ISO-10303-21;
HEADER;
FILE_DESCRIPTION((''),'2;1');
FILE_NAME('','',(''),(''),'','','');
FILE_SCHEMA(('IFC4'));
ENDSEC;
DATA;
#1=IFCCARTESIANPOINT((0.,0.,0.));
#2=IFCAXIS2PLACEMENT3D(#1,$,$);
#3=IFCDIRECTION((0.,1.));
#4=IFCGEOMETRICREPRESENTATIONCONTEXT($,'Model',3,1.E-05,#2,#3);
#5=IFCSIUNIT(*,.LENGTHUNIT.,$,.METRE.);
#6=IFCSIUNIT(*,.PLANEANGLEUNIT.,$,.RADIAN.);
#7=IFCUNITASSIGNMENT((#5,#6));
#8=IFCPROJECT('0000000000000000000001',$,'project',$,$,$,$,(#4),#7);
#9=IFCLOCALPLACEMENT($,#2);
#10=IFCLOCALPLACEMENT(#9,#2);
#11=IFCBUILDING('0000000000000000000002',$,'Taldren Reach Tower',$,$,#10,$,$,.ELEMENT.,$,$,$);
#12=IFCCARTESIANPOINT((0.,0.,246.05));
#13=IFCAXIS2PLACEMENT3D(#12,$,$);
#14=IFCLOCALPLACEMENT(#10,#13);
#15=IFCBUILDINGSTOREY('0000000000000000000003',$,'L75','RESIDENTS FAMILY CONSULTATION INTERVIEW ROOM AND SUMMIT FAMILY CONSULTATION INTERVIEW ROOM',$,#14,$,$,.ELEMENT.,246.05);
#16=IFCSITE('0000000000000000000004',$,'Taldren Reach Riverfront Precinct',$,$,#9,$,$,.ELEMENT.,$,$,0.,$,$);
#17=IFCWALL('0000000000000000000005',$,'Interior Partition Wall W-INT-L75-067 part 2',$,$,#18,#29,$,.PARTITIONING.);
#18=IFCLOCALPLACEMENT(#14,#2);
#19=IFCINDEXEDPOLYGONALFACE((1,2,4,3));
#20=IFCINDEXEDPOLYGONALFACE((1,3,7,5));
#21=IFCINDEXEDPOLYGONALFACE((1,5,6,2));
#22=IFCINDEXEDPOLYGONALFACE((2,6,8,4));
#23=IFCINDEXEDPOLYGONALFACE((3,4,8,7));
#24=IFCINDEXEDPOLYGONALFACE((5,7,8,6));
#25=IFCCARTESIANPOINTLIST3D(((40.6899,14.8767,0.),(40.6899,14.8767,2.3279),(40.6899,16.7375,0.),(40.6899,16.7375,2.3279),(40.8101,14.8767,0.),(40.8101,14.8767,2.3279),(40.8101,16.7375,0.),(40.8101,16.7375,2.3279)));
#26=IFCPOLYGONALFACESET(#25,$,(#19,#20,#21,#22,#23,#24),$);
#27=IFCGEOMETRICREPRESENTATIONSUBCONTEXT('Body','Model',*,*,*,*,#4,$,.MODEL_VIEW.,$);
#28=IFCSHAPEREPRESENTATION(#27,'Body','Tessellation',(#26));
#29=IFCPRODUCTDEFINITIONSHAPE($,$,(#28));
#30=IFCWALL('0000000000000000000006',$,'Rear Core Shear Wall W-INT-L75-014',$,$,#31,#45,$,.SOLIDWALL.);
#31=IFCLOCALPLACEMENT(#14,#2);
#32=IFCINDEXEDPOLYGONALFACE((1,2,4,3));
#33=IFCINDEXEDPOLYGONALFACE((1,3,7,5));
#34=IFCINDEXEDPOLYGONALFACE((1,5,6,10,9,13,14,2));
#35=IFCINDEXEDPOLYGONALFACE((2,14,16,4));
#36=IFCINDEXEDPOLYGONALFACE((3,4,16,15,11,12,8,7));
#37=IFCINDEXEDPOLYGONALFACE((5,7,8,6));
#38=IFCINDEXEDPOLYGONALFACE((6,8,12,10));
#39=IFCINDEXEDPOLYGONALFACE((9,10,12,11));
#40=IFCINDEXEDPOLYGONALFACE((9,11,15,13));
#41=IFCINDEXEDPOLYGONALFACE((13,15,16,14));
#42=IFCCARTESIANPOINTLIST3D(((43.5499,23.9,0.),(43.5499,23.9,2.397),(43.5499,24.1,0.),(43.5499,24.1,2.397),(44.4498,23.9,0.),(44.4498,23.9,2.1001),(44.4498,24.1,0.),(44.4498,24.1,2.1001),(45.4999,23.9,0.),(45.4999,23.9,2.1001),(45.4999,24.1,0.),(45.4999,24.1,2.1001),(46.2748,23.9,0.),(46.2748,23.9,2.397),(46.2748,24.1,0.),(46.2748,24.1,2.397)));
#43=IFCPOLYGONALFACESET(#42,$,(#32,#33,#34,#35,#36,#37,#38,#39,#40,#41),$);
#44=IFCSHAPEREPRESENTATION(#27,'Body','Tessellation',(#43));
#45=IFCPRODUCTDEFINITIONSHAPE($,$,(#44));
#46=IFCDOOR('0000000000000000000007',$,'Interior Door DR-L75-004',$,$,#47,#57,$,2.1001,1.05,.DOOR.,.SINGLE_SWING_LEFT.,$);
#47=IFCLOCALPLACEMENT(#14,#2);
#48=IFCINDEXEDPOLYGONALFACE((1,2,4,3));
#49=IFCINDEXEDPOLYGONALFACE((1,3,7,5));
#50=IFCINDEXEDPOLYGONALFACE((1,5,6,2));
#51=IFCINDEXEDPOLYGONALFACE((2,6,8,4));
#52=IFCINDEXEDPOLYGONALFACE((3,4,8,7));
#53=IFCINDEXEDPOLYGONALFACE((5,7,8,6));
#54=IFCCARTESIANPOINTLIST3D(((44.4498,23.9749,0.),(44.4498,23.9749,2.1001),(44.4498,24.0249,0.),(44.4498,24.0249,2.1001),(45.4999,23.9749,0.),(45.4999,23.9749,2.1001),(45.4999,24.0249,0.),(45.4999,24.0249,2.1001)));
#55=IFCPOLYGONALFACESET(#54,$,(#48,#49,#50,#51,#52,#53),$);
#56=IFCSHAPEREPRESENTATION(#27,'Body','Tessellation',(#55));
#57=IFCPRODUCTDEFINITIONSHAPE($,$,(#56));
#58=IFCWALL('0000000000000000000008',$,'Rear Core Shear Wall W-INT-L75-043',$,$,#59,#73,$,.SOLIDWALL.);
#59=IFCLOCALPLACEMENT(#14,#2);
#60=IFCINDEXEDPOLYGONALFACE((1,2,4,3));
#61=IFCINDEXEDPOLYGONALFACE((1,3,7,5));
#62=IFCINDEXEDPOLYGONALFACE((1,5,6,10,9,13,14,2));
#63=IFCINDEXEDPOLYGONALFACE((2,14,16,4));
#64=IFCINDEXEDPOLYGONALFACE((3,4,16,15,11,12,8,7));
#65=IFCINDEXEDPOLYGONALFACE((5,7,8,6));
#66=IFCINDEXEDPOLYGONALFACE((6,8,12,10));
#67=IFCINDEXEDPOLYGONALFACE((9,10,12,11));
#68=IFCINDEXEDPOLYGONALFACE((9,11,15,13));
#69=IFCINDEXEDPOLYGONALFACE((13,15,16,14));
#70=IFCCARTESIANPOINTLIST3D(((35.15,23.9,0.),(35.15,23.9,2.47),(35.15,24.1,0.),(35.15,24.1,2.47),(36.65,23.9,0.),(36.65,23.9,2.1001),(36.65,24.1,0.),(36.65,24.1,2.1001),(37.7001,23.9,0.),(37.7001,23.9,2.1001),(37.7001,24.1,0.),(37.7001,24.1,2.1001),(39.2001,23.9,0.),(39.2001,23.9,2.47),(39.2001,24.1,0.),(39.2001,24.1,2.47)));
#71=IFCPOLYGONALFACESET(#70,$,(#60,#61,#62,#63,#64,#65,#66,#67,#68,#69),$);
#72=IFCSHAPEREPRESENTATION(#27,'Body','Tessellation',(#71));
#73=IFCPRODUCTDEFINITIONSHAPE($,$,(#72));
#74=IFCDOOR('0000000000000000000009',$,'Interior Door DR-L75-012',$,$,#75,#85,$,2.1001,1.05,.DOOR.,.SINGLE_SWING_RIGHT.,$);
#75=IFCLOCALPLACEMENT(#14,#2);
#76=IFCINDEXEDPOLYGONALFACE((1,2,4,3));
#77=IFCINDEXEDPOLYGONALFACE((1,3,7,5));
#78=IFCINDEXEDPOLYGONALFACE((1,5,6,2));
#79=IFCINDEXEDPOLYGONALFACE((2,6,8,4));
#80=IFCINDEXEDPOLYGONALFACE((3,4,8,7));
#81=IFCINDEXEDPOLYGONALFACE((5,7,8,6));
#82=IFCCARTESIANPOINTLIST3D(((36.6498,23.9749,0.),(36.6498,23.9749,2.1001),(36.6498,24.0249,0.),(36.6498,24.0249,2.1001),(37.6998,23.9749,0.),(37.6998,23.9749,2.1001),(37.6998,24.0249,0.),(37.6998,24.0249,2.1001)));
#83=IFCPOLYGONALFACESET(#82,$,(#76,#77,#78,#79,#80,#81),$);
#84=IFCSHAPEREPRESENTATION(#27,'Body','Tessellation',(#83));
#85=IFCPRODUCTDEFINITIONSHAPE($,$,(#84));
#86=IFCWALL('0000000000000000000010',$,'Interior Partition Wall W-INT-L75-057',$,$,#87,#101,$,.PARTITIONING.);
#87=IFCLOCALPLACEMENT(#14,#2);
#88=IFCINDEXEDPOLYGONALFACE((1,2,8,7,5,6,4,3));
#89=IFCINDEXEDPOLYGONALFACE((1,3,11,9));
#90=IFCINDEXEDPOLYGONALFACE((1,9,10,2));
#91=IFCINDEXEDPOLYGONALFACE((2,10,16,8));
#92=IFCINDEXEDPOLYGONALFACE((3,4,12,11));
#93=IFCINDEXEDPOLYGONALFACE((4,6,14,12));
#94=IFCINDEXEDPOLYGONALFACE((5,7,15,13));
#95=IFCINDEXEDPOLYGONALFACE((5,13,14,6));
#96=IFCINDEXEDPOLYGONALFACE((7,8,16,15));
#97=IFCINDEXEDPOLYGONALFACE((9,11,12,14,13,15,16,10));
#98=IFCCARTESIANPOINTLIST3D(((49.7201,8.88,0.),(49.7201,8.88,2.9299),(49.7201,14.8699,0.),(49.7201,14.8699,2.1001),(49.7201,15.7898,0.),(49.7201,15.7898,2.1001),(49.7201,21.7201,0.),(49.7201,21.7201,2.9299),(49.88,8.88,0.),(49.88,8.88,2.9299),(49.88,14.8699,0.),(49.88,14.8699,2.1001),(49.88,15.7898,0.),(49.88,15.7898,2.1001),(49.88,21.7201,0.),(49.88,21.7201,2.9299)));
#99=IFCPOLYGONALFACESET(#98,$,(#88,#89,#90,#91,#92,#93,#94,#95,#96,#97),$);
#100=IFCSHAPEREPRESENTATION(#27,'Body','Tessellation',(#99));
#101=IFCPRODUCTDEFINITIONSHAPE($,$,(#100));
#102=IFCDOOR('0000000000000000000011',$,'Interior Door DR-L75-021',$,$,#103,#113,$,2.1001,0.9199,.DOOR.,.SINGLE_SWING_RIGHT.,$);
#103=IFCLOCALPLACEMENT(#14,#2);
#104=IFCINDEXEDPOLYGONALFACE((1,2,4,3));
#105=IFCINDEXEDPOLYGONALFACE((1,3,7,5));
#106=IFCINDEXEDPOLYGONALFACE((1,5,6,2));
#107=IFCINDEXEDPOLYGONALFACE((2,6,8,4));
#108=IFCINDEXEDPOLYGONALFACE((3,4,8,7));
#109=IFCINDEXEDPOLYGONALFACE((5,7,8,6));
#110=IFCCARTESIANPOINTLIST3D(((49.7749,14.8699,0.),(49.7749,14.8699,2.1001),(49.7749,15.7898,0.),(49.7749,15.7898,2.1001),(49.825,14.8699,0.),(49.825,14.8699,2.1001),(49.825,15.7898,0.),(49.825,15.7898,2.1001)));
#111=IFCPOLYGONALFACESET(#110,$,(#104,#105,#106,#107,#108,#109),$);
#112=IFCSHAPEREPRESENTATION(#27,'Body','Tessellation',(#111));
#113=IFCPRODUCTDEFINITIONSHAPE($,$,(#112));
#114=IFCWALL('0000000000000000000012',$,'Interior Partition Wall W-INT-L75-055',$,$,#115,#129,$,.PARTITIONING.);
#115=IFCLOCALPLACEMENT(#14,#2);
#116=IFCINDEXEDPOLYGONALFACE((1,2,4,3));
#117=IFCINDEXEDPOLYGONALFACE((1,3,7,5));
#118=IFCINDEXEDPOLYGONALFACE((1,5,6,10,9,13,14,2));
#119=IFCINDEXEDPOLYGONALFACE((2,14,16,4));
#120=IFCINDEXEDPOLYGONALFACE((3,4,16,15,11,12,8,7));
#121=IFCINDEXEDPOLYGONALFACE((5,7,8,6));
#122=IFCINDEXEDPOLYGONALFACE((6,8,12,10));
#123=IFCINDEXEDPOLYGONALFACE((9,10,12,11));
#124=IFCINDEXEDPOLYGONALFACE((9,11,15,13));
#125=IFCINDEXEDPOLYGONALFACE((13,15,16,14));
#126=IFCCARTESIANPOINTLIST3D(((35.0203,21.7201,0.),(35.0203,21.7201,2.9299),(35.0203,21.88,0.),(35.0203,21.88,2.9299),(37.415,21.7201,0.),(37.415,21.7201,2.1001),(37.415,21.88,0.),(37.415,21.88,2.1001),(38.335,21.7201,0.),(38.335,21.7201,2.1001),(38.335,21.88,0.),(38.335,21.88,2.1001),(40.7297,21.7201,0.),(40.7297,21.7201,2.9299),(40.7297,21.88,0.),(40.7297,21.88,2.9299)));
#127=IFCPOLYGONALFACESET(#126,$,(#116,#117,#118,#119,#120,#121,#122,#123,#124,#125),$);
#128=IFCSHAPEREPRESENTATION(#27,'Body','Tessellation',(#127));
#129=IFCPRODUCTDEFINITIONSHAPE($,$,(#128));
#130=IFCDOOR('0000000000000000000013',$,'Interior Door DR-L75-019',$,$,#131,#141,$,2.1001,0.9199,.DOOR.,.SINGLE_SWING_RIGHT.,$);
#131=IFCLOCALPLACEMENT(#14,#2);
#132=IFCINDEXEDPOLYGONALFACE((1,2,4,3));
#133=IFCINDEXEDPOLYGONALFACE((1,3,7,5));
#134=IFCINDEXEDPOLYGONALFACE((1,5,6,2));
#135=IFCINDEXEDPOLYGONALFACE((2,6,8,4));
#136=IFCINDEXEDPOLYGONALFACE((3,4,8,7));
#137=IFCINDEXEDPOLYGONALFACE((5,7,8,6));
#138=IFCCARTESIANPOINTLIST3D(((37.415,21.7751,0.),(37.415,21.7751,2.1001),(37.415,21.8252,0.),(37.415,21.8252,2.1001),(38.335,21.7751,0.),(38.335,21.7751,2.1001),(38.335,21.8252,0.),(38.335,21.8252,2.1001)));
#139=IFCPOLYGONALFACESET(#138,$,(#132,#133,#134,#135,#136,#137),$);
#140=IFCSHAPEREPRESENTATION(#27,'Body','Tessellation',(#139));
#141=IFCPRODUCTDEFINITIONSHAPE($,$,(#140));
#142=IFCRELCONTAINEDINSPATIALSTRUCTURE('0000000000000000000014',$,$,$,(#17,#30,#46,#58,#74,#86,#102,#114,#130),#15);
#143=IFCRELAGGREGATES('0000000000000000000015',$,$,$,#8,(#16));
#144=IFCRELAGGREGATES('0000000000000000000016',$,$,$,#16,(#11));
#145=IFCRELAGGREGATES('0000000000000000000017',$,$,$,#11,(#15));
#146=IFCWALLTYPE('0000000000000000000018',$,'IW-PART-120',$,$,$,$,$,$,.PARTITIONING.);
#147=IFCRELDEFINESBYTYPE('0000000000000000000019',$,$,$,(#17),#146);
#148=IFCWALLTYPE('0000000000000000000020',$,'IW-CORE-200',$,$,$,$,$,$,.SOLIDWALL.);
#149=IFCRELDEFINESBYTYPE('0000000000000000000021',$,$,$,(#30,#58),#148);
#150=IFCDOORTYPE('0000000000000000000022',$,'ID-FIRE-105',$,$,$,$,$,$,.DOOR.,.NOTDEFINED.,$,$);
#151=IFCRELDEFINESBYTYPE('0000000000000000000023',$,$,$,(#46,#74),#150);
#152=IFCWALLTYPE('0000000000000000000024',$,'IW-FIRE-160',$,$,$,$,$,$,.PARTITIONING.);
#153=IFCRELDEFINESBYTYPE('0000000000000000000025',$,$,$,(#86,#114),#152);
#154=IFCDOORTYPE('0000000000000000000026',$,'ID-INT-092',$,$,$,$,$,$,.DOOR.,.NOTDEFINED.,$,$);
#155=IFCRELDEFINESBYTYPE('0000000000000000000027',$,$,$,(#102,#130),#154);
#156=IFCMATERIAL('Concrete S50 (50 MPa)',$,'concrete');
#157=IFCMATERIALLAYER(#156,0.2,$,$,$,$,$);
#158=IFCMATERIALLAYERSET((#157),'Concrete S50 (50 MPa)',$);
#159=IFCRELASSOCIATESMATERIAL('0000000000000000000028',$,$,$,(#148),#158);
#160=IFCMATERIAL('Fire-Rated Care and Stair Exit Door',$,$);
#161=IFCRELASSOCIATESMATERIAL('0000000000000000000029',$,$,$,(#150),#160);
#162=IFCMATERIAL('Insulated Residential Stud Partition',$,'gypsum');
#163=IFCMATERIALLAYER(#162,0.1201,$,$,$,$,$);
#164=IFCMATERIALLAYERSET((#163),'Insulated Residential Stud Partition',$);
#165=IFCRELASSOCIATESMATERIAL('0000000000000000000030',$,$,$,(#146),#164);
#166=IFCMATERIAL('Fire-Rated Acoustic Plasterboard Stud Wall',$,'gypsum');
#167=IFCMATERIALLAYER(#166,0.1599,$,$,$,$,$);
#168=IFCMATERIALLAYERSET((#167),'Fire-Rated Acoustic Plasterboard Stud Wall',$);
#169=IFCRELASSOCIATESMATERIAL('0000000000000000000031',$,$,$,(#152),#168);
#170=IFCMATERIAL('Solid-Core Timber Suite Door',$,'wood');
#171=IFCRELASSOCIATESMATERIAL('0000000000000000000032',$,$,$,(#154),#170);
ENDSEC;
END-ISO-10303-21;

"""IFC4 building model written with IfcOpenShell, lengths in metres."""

from ifc_helpers import new_model, si_unit, direction, frame, frame_2d, origin, place, context, subcontext, project, spatial, rectangle, extrude, source, transform, mapped, material, layer, layer_set, type_object, element, fill, save


model = new_model("IFC4")

# Units and contexts
model_context = context("Model", 3, precision=1e-05, world=origin(), true_north=direction((0.0, 1.0)))
body_context = subcontext(model_context, "Body", "Model", "MODEL_VIEW")
ifc_project = project(units=[si_unit("LENGTHUNIT", "METRE"), si_unit("PLANEANGLEUNIT", "RADIAN")], contexts=[model_context])

# Site, building, storey
site_placement = place(None, origin())
site = spatial("IfcSite", under=ifc_project, at=site_placement, Name="Taldren Reach Riverfront Precinct", CompositionType="ELEMENT", RefElevation=0.0)
building_placement = place(site_placement, origin())
building = spatial("IfcBuilding", under=site, at=building_placement, Name="Taldren Reach Tower", CompositionType="ELEMENT")
storey_placement = place(building_placement, frame((0.0, 0.0, 246.05)))
storey = spatial("IfcBuildingStorey", under=building, at=storey_placement, Name="L75", Description="RESIDENTS FAMILY CONSULTATION INTERVIEW ROOM AND SUMMIT FAMILY CONSULTATION INTERVIEW ROOM", CompositionType="ELEMENT", Elevation=246.05)

# Shared definitions
ifc_material_1 = material(Name="Concrete S50 (50 MPa)", Category="concrete")
ifc_layer_1 = layer(ifc_material_1, 0.2)
ifc_layer_set_1 = layer_set([ifc_layer_1], Name="Concrete S50 (50 MPa)")
wall_type_1 = type_object("IfcWallType", Name="IW-CORE-200", PredefinedType="SOLIDWALL", material=ifc_layer_set_1)
shared_shape_1 = source(origin(), body_context, "Body", "SweptSolid", [
    extrude(rectangle(XDim=1.05, YDim=2.1001, at=frame_2d((0.5249, 1.05))), frame((0.0, 0.1099, 0.0), z_axis=(0.0, -1.0, 0.0), x_axis=(1.0, 0.0, 0.0)), (0.0, 0.0, 1.0), 0.22),
])
ifc_material_2 = material(Name="Fire-Rated Care and Stair Exit Door")
door_type_1 = type_object("IfcDoorType", Name="ID-FIRE-105", OperationType="NOTDEFINED", PredefinedType="DOOR", material=ifc_material_2)
shared_shape_2 = source(origin(), body_context, "Body", "SweptSolid", [
    extrude(rectangle(XDim=1.05, YDim=2.1001, at=frame_2d((0.5249, 1.05))), frame((0.0, 0.0249, 0.0), z_axis=(0.0, -1.0, 0.0), x_axis=(1.0, 0.0, 0.0)), (0.0, 0.0, 1.0), 0.05),
])

# Wall
ifc_material_3 = material(Name="Insulated Residential Stud Partition", Category="gypsum")
ifc_layer_2 = layer(ifc_material_3, 0.1201)
ifc_layer_set_2 = layer_set([ifc_layer_2], Name="Insulated Residential Stud Partition")
wall_type_2 = type_object("IfcWallType", Name="IW-PART-120", PredefinedType="PARTITIONING", material=ifc_layer_set_2)
shared_shape_3 = source(origin(), body_context, "Body", "SweptSolid", [
    extrude(rectangle(XDim=1.8608, YDim=0.1201, at=frame_2d((0.9304, 0.0))), origin(), (0.0, 0.0, 1.0), 2.3279),
])
wall_1_placement = place(storey_placement, frame((40.75, 16.7375, 0.0), z_axis=(0.0, 0.0, 1.0), x_axis=(0.0, -1.0, 0.0)))
element("IfcWall", 1, at=wall_1_placement, inside=storey, type_object=wall_type_2, Name="Interior Partition Wall W-INT-L75-067 part 2", PredefinedType="PARTITIONING", context=body_context, shape_type="MappedRepresentation", body=[
    mapped(shared_shape_3, transform((0.0, 0.0, 0.0), scale=1.0)),
])

# Walls, openings, doors
shared_shape_4 = source(origin(), body_context, "Body", "SweptSolid", [
    extrude(rectangle(XDim=2.7249, YDim=0.2, at=frame_2d((1.3623, 0.0))), origin(), (0.0, 0.0, 1.0), 2.397),
])
wall_2_placement = place(storey_placement, frame((43.55, 24.0, 0.0), z_axis=(0.0, 0.0, 1.0), x_axis=(1.0, 0.0, 0.0)))
wall_2 = element("IfcWall", 2, at=wall_2_placement, inside=storey, type_object=wall_type_1, Name="Rear Core Shear Wall W-INT-L75-014", PredefinedType="SOLIDWALL", context=body_context, shape_type="MappedRepresentation", body=[
    mapped(shared_shape_4, transform((0.0, 0.0, 0.0), scale=1.0)),
])
opening_1_placement = place(wall_2_placement, frame((0.8999, 0.0, 0.0)))
opening_1 = element("IfcOpeningElement", 3, at=opening_1_placement, cuts=wall_2, PredefinedType="OPENING", context=body_context, shape_type="MappedRepresentation", body=[
    mapped(shared_shape_1, transform((0.0, 0.0, 0.0), scale=1.0)),
])
door_1_placement = place(opening_1_placement, origin())
door_1 = element("IfcDoor", 4, at=door_1_placement, inside=storey, type_object=door_type_1, Name="Interior Door DR-L75-004", OperationType="SINGLE_SWING_LEFT", OverallHeight=2.1001, OverallWidth=1.05, PredefinedType="DOOR", context=body_context, shape_type="MappedRepresentation", body=[
    mapped(shared_shape_2, transform((0.0, 0.0, 0.0), scale=1.0)),
])
fill(opening_1, door_1)
shared_shape_5 = source(origin(), body_context, "Body", "SweptSolid", [
    extrude(rectangle(XDim=4.05, YDim=0.2, at=frame_2d((2.0249, 0.0))), origin(), (0.0, 0.0, 1.0), 2.47),
])
wall_3_placement = place(storey_placement, frame((39.2, 24.0, 0.0), z_axis=(0.0, 0.0, 1.0), x_axis=(-1.0, 0.0, 0.0)))
wall_3 = element("IfcWall", 5, at=wall_3_placement, inside=storey, type_object=wall_type_1, Name="Rear Core Shear Wall W-INT-L75-043", PredefinedType="SOLIDWALL", context=body_context, shape_type="MappedRepresentation", body=[
    mapped(shared_shape_5, transform((0.0, 0.0, 0.0), scale=1.0)),
])
opening_2_placement = place(wall_3_placement, frame((1.5, 0.0, 0.0)))
opening_2 = element("IfcOpeningElement", 6, at=opening_2_placement, cuts=wall_3, PredefinedType="OPENING", context=body_context, shape_type="MappedRepresentation", body=[
    mapped(shared_shape_1, transform((0.0, 0.0, 0.0), scale=1.0)),
])
door_2_placement = place(opening_2_placement, frame((1.05, 0.0, 0.0), z_axis=(0.0, 0.0, 1.0), x_axis=(-1.0, 0.0, 0.0)))
door_2 = element("IfcDoor", 7, at=door_2_placement, inside=storey, type_object=door_type_1, Name="Interior Door DR-L75-012", OperationType="SINGLE_SWING_RIGHT", OverallHeight=2.1001, OverallWidth=1.05, PredefinedType="DOOR", context=body_context, shape_type="MappedRepresentation", body=[
    mapped(shared_shape_2, transform((0.0, 0.0, 0.0), scale=1.0)),
])
fill(opening_2, door_2)
ifc_material_4 = material(Name="Fire-Rated Acoustic Plasterboard Stud Wall", Category="gypsum")
ifc_layer_3 = layer(ifc_material_4, 0.1599)
ifc_layer_set_3 = layer_set([ifc_layer_3], Name="Fire-Rated Acoustic Plasterboard Stud Wall")
wall_type_3 = type_object("IfcWallType", Name="IW-FIRE-160", PredefinedType="PARTITIONING", material=ifc_layer_set_3)
shared_shape_6 = source(origin(), body_context, "Body", "SweptSolid", [
    extrude(rectangle(XDim=12.8401, YDim=0.1599, at=frame_2d((6.4199, 0.0))), origin(), (0.0, 0.0, 1.0), 2.9299),
])
wall_4_placement = place(storey_placement, frame((49.8, 21.72, 0.0), z_axis=(0.0, 0.0, 1.0), x_axis=(0.0, -1.0, 0.0)))
wall_4 = element("IfcWall", 8, at=wall_4_placement, inside=storey, type_object=wall_type_3, Name="Interior Partition Wall W-INT-L75-057", PredefinedType="PARTITIONING", context=body_context, shape_type="MappedRepresentation", body=[
    mapped(shared_shape_6, transform((0.0, 0.0, 0.0), scale=1.0)),
])
shared_shape_7 = source(origin(), body_context, "Body", "SweptSolid", [
    extrude(rectangle(XDim=0.9199, YDim=2.1001, at=frame_2d((0.46, 1.05))), frame((0.0, 0.0898, 0.0), z_axis=(0.0, -1.0, 0.0), x_axis=(1.0, 0.0, 0.0)), (0.0, 0.0, 1.0), 0.1799),
])
opening_3_placement = place(wall_4_placement, frame((5.9302, 0.0, 0.0)))
opening_3 = element("IfcOpeningElement", 9, at=opening_3_placement, cuts=wall_4, PredefinedType="OPENING", context=body_context, shape_type="MappedRepresentation", body=[
    mapped(shared_shape_7, transform((0.0, 0.0, 0.0), scale=1.0)),
])
ifc_material_5 = material(Name="Solid-Core Timber Suite Door", Category="wood")
door_type_2 = type_object("IfcDoorType", Name="ID-INT-092", OperationType="NOTDEFINED", PredefinedType="DOOR", material=ifc_material_5)
shared_shape_8 = source(origin(), body_context, "Body", "SweptSolid", [
    extrude(rectangle(XDim=0.9199, YDim=2.1001, at=frame_2d((0.46, 1.05))), frame((0.0, 0.0249, 0.0), z_axis=(0.0, -1.0, 0.0), x_axis=(1.0, 0.0, 0.0)), (0.0, 0.0, 1.0), 0.05),
])
door_3_placement = place(opening_3_placement, origin())
door_3 = element("IfcDoor", 10, at=door_3_placement, inside=storey, type_object=door_type_2, Name="Interior Door DR-L75-021", OperationType="SINGLE_SWING_RIGHT", OverallHeight=2.1001, OverallWidth=0.9199, PredefinedType="DOOR", context=body_context, shape_type="MappedRepresentation", body=[
    mapped(shared_shape_8, transform((0.0, 0.0, 0.0), scale=1.0)),
])
fill(opening_3, door_3)
shared_shape_9 = source(origin(), body_context, "Body", "SweptSolid", [
    extrude(rectangle(XDim=5.7095, YDim=0.1599, at=frame_2d((2.8547, 0.0))), origin(), (0.0, 0.0, 1.0), 2.9299),
])
wall_5_placement = place(storey_placement, frame((40.7297, 21.8, 0.0), z_axis=(0.0, 0.0, 1.0), x_axis=(-1.0, 0.0, 0.0)))
wall_5 = element("IfcWall", 11, at=wall_5_placement, inside=storey, type_object=wall_type_3, Name="Interior Partition Wall W-INT-L75-055", PredefinedType="PARTITIONING", context=body_context, shape_type="MappedRepresentation", body=[
    mapped(shared_shape_9, transform((0.0, 0.0, 0.0), scale=1.0)),
])
opening_4_placement = place(wall_5_placement, frame((2.3948, 0.0, 0.0)))
opening_4 = element("IfcOpeningElement", 12, at=opening_4_placement, cuts=wall_5, PredefinedType="OPENING", context=body_context, shape_type="MappedRepresentation", body=[
    mapped(shared_shape_7, transform((0.0, 0.0, 0.0), scale=1.0)),
])
door_4_placement = place(opening_4_placement, origin())
door_4 = element("IfcDoor", 13, at=door_4_placement, inside=storey, type_object=door_type_2, Name="Interior Door DR-L75-019", OperationType="SINGLE_SWING_RIGHT", OverallHeight=2.1001, OverallWidth=0.9199, PredefinedType="DOOR", context=body_context, shape_type="MappedRepresentation", body=[
    mapped(shared_shape_8, transform((0.0, 0.0, 0.0), scale=1.0)),
])
fill(opening_4, door_4)

save(model, "model.ifc")
